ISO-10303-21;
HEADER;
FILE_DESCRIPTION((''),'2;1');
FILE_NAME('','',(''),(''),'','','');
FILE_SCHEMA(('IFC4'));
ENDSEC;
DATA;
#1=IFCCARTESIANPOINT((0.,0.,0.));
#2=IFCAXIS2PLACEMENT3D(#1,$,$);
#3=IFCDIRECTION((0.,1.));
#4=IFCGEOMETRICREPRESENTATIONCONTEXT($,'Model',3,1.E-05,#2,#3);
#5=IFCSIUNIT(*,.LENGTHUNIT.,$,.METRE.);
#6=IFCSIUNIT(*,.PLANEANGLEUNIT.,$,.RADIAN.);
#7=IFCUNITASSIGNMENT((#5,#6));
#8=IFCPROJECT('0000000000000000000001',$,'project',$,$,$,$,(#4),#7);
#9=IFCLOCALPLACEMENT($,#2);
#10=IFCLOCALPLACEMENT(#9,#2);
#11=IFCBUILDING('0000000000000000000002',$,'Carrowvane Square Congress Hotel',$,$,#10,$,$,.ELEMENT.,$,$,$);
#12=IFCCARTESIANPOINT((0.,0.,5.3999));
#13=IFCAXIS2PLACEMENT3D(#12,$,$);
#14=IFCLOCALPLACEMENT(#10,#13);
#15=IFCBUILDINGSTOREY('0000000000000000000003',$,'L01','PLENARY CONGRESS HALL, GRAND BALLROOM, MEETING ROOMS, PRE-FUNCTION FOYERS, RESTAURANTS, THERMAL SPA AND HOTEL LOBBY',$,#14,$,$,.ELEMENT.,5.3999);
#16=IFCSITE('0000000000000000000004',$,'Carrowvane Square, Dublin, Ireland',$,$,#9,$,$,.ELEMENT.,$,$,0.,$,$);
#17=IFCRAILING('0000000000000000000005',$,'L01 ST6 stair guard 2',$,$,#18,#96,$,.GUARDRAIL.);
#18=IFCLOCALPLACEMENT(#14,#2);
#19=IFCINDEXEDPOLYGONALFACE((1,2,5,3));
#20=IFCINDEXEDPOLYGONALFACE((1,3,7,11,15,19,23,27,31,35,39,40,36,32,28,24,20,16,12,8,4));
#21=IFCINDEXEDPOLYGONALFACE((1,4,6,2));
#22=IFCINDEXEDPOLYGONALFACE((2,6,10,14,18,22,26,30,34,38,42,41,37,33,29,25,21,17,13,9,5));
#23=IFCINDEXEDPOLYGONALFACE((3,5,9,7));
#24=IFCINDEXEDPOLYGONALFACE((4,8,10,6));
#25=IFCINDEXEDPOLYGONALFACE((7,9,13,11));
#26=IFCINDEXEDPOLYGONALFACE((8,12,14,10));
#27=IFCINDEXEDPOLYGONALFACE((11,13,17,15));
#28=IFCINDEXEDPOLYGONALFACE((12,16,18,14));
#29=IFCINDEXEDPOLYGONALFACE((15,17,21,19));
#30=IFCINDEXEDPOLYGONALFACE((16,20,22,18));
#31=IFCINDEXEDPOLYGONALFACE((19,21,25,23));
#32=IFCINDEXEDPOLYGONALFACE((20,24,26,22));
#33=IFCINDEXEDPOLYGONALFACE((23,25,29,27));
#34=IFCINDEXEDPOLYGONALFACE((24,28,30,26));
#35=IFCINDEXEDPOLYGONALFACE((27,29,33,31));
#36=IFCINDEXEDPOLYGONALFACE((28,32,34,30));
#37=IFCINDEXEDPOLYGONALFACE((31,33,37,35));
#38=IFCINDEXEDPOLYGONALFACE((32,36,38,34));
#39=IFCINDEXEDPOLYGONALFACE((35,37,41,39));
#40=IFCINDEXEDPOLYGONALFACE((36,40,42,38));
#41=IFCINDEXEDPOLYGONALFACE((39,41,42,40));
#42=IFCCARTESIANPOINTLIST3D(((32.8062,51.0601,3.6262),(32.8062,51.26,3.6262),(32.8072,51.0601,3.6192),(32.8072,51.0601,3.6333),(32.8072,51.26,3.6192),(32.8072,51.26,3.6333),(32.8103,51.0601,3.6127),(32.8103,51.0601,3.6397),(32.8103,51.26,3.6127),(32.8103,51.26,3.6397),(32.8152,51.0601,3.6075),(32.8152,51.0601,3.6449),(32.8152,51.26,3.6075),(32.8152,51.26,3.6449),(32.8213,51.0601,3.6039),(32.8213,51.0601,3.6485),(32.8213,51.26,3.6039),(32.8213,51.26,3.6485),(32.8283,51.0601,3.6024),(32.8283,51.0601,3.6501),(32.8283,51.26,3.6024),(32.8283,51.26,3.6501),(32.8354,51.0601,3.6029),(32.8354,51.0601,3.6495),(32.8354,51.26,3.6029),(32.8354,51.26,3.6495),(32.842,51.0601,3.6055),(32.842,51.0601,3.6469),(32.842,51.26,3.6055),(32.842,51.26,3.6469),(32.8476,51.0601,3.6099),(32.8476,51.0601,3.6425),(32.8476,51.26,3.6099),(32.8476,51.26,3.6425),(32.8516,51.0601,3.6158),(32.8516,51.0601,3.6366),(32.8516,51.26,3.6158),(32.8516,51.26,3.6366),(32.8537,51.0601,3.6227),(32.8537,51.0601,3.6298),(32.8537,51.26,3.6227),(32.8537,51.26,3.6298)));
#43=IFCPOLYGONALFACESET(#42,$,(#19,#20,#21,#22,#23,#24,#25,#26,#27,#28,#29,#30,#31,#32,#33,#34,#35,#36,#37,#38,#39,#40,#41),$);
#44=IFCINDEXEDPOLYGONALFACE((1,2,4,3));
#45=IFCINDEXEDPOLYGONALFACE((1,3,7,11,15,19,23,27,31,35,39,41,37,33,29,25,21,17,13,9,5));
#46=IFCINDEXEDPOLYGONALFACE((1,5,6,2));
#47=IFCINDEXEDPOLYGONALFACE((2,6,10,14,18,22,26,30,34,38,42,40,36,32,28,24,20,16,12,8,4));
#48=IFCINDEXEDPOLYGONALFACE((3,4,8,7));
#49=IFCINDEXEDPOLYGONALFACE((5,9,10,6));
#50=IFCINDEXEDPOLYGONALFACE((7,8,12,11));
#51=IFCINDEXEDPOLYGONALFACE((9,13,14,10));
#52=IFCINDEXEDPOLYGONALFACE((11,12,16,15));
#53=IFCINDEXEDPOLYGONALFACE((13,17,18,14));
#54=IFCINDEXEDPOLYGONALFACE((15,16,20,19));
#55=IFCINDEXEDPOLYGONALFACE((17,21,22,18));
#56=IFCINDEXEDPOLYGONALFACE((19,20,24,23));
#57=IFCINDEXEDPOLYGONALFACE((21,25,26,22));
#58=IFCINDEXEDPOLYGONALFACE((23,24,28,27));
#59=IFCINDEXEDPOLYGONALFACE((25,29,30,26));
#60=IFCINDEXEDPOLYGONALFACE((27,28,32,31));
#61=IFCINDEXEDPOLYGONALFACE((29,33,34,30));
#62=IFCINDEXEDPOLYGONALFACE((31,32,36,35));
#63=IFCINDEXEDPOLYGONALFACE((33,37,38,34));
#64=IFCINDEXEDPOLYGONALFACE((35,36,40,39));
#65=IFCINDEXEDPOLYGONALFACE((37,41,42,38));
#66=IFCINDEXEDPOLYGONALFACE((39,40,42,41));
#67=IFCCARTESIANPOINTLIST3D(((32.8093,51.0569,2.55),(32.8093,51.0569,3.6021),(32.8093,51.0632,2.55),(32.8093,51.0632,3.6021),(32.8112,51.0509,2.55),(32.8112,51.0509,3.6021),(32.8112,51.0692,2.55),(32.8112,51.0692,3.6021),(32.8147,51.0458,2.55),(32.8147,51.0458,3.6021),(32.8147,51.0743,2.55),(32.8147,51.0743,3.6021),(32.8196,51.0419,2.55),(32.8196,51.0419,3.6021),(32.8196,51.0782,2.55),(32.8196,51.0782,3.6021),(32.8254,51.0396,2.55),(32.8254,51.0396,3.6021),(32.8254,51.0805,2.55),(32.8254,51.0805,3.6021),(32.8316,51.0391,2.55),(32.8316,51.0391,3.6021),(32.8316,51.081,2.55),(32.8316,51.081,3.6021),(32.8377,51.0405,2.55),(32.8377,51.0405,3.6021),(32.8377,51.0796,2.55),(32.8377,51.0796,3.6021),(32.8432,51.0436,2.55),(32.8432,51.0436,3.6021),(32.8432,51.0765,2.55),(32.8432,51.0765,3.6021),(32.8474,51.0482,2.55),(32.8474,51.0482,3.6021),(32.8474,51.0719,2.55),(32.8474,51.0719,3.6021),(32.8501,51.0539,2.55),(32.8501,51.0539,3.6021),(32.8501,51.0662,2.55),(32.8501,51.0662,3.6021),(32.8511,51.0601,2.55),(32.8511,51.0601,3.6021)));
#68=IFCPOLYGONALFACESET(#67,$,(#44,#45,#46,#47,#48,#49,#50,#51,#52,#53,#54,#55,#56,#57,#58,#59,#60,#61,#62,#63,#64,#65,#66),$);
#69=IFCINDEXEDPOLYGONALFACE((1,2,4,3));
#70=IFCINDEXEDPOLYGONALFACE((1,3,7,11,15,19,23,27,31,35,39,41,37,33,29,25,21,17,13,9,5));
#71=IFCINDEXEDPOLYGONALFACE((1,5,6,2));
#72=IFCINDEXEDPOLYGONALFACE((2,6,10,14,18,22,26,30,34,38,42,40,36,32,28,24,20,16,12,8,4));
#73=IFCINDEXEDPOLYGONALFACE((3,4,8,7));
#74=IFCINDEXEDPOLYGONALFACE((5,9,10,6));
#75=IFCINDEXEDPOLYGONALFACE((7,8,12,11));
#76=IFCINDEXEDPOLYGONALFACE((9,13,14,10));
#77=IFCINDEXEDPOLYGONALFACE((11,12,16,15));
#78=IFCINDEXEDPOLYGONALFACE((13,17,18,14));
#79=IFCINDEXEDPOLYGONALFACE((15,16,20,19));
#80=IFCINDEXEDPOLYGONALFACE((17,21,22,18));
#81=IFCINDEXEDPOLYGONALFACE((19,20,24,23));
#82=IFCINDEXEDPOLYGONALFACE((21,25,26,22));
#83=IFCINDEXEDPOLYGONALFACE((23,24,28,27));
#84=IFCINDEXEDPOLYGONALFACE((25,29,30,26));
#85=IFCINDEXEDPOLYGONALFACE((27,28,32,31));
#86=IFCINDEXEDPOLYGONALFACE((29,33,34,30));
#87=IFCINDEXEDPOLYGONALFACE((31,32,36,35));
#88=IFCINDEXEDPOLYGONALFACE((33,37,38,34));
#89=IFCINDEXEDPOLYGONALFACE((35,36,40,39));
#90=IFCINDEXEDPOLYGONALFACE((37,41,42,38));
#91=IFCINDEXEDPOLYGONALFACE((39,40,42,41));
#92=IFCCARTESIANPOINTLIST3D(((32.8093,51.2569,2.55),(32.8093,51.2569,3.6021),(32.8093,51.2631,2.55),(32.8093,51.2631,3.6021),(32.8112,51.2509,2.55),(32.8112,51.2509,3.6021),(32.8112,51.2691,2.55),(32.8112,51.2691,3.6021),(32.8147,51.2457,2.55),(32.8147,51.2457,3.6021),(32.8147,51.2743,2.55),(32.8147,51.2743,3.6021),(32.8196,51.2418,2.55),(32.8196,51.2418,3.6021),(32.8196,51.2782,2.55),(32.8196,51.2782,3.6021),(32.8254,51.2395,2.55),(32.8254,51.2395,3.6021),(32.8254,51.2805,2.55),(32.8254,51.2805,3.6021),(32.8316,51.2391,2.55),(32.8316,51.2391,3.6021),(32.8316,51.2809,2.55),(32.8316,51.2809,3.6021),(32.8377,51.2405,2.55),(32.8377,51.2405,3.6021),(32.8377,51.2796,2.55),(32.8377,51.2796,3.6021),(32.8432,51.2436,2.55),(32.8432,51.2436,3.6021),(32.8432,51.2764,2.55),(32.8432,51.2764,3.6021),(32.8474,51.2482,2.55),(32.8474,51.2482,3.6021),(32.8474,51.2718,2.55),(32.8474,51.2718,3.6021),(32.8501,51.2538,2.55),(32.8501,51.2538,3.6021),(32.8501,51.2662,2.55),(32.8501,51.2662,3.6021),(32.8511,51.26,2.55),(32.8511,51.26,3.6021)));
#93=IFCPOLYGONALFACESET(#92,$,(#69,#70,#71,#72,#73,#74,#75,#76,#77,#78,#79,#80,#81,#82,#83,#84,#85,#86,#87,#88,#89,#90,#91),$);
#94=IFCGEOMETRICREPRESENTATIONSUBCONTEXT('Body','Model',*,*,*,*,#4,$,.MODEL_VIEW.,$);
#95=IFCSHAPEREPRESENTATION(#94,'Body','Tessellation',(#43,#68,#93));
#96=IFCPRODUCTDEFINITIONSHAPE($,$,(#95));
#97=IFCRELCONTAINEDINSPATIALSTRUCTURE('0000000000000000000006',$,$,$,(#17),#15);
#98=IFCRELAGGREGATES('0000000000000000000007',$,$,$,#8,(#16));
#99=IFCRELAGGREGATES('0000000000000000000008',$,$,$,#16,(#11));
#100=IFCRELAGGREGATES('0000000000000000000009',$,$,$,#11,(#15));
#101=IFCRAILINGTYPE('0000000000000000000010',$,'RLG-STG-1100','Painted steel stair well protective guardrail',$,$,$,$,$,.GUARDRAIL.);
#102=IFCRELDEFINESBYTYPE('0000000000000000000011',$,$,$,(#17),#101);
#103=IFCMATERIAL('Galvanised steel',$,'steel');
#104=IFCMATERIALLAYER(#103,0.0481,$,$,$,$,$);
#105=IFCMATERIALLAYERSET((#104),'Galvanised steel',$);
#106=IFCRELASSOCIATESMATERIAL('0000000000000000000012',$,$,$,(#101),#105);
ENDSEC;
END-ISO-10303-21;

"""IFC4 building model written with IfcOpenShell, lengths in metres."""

from ifc_helpers import new_model, si_unit, direction, frame, origin, origin_2d, place, context, subcontext, project, spatial, circle, extrude, material, layer, layer_set, type_object, element, save


model = new_model("IFC4")

# Units and contexts
model_context = context("Model", 3, precision=1e-05, world=origin(), true_north=direction((0.0, 1.0)))
body_context = subcontext(model_context, "Body", "Model", "MODEL_VIEW")
ifc_project = project(units=[si_unit("LENGTHUNIT", "METRE"), si_unit("PLANEANGLEUNIT", "RADIAN")], contexts=[model_context])

# Site, building, storey
site_placement = place(None, origin())
site = spatial("IfcSite", under=ifc_project, at=site_placement, Name="Carrowvane Square, Dublin, Ireland", CompositionType="ELEMENT", RefElevation=0.0)
building_placement = place(site_placement, origin())
building = spatial("IfcBuilding", under=site, at=building_placement, Name="Carrowvane Square Congress Hotel", CompositionType="ELEMENT")
storey_placement = place(building_placement, frame((0.0, 0.0, 5.3999)))
storey = spatial("IfcBuildingStorey", under=building, at=storey_placement, Name="L01", Description="PLENARY CONGRESS HALL, GRAND BALLROOM, MEETING ROOMS, PRE-FUNCTION FOYERS, RESTAURANTS, THERMAL SPA AND HOTEL LOBBY", CompositionType="ELEMENT", Elevation=5.3999)

# Railing
ifc_material_1 = material(Name="Galvanised steel", Category="steel")
ifc_layer_1 = layer(ifc_material_1, 0.0481)
ifc_layer_set_1 = layer_set([ifc_layer_1], Name="Galvanised steel")
railing_type_1 = type_object("IfcRailingType", Name="RLG-STG-1100", Description="Painted steel stair well protective guardrail", PredefinedType="GUARDRAIL", material=ifc_layer_set_1)
railing_1_placement = place(storey_placement, frame((32.8301, 51.0601, 2.55)))
element("IfcRailing", 1, at=railing_1_placement, inside=storey, type_object=railing_type_1, Name="L01 ST6 stair guard 2", PredefinedType="GUARDRAIL", context=body_context, shape_type="SweptSolid", body=[
    extrude(circle(Radius=0.0239, at=origin_2d()), frame((0.0, 0.0, 1.0762), z_axis=(0.0, 1.0, 0.0), x_axis=(-1.0, 0.0, 0.0)), (0.0, 0.0, 1.0), 0.2),
    extrude(circle(Radius=0.021, at=origin_2d()), origin(), (0.0, 0.0, 1.0), 1.052),
    extrude(circle(Radius=0.021, at=origin_2d()), frame((0.0, 0.2, 0.0)), (0.0, 0.0, 1.0), 1.052),
])

save(model, "model.ifc")
